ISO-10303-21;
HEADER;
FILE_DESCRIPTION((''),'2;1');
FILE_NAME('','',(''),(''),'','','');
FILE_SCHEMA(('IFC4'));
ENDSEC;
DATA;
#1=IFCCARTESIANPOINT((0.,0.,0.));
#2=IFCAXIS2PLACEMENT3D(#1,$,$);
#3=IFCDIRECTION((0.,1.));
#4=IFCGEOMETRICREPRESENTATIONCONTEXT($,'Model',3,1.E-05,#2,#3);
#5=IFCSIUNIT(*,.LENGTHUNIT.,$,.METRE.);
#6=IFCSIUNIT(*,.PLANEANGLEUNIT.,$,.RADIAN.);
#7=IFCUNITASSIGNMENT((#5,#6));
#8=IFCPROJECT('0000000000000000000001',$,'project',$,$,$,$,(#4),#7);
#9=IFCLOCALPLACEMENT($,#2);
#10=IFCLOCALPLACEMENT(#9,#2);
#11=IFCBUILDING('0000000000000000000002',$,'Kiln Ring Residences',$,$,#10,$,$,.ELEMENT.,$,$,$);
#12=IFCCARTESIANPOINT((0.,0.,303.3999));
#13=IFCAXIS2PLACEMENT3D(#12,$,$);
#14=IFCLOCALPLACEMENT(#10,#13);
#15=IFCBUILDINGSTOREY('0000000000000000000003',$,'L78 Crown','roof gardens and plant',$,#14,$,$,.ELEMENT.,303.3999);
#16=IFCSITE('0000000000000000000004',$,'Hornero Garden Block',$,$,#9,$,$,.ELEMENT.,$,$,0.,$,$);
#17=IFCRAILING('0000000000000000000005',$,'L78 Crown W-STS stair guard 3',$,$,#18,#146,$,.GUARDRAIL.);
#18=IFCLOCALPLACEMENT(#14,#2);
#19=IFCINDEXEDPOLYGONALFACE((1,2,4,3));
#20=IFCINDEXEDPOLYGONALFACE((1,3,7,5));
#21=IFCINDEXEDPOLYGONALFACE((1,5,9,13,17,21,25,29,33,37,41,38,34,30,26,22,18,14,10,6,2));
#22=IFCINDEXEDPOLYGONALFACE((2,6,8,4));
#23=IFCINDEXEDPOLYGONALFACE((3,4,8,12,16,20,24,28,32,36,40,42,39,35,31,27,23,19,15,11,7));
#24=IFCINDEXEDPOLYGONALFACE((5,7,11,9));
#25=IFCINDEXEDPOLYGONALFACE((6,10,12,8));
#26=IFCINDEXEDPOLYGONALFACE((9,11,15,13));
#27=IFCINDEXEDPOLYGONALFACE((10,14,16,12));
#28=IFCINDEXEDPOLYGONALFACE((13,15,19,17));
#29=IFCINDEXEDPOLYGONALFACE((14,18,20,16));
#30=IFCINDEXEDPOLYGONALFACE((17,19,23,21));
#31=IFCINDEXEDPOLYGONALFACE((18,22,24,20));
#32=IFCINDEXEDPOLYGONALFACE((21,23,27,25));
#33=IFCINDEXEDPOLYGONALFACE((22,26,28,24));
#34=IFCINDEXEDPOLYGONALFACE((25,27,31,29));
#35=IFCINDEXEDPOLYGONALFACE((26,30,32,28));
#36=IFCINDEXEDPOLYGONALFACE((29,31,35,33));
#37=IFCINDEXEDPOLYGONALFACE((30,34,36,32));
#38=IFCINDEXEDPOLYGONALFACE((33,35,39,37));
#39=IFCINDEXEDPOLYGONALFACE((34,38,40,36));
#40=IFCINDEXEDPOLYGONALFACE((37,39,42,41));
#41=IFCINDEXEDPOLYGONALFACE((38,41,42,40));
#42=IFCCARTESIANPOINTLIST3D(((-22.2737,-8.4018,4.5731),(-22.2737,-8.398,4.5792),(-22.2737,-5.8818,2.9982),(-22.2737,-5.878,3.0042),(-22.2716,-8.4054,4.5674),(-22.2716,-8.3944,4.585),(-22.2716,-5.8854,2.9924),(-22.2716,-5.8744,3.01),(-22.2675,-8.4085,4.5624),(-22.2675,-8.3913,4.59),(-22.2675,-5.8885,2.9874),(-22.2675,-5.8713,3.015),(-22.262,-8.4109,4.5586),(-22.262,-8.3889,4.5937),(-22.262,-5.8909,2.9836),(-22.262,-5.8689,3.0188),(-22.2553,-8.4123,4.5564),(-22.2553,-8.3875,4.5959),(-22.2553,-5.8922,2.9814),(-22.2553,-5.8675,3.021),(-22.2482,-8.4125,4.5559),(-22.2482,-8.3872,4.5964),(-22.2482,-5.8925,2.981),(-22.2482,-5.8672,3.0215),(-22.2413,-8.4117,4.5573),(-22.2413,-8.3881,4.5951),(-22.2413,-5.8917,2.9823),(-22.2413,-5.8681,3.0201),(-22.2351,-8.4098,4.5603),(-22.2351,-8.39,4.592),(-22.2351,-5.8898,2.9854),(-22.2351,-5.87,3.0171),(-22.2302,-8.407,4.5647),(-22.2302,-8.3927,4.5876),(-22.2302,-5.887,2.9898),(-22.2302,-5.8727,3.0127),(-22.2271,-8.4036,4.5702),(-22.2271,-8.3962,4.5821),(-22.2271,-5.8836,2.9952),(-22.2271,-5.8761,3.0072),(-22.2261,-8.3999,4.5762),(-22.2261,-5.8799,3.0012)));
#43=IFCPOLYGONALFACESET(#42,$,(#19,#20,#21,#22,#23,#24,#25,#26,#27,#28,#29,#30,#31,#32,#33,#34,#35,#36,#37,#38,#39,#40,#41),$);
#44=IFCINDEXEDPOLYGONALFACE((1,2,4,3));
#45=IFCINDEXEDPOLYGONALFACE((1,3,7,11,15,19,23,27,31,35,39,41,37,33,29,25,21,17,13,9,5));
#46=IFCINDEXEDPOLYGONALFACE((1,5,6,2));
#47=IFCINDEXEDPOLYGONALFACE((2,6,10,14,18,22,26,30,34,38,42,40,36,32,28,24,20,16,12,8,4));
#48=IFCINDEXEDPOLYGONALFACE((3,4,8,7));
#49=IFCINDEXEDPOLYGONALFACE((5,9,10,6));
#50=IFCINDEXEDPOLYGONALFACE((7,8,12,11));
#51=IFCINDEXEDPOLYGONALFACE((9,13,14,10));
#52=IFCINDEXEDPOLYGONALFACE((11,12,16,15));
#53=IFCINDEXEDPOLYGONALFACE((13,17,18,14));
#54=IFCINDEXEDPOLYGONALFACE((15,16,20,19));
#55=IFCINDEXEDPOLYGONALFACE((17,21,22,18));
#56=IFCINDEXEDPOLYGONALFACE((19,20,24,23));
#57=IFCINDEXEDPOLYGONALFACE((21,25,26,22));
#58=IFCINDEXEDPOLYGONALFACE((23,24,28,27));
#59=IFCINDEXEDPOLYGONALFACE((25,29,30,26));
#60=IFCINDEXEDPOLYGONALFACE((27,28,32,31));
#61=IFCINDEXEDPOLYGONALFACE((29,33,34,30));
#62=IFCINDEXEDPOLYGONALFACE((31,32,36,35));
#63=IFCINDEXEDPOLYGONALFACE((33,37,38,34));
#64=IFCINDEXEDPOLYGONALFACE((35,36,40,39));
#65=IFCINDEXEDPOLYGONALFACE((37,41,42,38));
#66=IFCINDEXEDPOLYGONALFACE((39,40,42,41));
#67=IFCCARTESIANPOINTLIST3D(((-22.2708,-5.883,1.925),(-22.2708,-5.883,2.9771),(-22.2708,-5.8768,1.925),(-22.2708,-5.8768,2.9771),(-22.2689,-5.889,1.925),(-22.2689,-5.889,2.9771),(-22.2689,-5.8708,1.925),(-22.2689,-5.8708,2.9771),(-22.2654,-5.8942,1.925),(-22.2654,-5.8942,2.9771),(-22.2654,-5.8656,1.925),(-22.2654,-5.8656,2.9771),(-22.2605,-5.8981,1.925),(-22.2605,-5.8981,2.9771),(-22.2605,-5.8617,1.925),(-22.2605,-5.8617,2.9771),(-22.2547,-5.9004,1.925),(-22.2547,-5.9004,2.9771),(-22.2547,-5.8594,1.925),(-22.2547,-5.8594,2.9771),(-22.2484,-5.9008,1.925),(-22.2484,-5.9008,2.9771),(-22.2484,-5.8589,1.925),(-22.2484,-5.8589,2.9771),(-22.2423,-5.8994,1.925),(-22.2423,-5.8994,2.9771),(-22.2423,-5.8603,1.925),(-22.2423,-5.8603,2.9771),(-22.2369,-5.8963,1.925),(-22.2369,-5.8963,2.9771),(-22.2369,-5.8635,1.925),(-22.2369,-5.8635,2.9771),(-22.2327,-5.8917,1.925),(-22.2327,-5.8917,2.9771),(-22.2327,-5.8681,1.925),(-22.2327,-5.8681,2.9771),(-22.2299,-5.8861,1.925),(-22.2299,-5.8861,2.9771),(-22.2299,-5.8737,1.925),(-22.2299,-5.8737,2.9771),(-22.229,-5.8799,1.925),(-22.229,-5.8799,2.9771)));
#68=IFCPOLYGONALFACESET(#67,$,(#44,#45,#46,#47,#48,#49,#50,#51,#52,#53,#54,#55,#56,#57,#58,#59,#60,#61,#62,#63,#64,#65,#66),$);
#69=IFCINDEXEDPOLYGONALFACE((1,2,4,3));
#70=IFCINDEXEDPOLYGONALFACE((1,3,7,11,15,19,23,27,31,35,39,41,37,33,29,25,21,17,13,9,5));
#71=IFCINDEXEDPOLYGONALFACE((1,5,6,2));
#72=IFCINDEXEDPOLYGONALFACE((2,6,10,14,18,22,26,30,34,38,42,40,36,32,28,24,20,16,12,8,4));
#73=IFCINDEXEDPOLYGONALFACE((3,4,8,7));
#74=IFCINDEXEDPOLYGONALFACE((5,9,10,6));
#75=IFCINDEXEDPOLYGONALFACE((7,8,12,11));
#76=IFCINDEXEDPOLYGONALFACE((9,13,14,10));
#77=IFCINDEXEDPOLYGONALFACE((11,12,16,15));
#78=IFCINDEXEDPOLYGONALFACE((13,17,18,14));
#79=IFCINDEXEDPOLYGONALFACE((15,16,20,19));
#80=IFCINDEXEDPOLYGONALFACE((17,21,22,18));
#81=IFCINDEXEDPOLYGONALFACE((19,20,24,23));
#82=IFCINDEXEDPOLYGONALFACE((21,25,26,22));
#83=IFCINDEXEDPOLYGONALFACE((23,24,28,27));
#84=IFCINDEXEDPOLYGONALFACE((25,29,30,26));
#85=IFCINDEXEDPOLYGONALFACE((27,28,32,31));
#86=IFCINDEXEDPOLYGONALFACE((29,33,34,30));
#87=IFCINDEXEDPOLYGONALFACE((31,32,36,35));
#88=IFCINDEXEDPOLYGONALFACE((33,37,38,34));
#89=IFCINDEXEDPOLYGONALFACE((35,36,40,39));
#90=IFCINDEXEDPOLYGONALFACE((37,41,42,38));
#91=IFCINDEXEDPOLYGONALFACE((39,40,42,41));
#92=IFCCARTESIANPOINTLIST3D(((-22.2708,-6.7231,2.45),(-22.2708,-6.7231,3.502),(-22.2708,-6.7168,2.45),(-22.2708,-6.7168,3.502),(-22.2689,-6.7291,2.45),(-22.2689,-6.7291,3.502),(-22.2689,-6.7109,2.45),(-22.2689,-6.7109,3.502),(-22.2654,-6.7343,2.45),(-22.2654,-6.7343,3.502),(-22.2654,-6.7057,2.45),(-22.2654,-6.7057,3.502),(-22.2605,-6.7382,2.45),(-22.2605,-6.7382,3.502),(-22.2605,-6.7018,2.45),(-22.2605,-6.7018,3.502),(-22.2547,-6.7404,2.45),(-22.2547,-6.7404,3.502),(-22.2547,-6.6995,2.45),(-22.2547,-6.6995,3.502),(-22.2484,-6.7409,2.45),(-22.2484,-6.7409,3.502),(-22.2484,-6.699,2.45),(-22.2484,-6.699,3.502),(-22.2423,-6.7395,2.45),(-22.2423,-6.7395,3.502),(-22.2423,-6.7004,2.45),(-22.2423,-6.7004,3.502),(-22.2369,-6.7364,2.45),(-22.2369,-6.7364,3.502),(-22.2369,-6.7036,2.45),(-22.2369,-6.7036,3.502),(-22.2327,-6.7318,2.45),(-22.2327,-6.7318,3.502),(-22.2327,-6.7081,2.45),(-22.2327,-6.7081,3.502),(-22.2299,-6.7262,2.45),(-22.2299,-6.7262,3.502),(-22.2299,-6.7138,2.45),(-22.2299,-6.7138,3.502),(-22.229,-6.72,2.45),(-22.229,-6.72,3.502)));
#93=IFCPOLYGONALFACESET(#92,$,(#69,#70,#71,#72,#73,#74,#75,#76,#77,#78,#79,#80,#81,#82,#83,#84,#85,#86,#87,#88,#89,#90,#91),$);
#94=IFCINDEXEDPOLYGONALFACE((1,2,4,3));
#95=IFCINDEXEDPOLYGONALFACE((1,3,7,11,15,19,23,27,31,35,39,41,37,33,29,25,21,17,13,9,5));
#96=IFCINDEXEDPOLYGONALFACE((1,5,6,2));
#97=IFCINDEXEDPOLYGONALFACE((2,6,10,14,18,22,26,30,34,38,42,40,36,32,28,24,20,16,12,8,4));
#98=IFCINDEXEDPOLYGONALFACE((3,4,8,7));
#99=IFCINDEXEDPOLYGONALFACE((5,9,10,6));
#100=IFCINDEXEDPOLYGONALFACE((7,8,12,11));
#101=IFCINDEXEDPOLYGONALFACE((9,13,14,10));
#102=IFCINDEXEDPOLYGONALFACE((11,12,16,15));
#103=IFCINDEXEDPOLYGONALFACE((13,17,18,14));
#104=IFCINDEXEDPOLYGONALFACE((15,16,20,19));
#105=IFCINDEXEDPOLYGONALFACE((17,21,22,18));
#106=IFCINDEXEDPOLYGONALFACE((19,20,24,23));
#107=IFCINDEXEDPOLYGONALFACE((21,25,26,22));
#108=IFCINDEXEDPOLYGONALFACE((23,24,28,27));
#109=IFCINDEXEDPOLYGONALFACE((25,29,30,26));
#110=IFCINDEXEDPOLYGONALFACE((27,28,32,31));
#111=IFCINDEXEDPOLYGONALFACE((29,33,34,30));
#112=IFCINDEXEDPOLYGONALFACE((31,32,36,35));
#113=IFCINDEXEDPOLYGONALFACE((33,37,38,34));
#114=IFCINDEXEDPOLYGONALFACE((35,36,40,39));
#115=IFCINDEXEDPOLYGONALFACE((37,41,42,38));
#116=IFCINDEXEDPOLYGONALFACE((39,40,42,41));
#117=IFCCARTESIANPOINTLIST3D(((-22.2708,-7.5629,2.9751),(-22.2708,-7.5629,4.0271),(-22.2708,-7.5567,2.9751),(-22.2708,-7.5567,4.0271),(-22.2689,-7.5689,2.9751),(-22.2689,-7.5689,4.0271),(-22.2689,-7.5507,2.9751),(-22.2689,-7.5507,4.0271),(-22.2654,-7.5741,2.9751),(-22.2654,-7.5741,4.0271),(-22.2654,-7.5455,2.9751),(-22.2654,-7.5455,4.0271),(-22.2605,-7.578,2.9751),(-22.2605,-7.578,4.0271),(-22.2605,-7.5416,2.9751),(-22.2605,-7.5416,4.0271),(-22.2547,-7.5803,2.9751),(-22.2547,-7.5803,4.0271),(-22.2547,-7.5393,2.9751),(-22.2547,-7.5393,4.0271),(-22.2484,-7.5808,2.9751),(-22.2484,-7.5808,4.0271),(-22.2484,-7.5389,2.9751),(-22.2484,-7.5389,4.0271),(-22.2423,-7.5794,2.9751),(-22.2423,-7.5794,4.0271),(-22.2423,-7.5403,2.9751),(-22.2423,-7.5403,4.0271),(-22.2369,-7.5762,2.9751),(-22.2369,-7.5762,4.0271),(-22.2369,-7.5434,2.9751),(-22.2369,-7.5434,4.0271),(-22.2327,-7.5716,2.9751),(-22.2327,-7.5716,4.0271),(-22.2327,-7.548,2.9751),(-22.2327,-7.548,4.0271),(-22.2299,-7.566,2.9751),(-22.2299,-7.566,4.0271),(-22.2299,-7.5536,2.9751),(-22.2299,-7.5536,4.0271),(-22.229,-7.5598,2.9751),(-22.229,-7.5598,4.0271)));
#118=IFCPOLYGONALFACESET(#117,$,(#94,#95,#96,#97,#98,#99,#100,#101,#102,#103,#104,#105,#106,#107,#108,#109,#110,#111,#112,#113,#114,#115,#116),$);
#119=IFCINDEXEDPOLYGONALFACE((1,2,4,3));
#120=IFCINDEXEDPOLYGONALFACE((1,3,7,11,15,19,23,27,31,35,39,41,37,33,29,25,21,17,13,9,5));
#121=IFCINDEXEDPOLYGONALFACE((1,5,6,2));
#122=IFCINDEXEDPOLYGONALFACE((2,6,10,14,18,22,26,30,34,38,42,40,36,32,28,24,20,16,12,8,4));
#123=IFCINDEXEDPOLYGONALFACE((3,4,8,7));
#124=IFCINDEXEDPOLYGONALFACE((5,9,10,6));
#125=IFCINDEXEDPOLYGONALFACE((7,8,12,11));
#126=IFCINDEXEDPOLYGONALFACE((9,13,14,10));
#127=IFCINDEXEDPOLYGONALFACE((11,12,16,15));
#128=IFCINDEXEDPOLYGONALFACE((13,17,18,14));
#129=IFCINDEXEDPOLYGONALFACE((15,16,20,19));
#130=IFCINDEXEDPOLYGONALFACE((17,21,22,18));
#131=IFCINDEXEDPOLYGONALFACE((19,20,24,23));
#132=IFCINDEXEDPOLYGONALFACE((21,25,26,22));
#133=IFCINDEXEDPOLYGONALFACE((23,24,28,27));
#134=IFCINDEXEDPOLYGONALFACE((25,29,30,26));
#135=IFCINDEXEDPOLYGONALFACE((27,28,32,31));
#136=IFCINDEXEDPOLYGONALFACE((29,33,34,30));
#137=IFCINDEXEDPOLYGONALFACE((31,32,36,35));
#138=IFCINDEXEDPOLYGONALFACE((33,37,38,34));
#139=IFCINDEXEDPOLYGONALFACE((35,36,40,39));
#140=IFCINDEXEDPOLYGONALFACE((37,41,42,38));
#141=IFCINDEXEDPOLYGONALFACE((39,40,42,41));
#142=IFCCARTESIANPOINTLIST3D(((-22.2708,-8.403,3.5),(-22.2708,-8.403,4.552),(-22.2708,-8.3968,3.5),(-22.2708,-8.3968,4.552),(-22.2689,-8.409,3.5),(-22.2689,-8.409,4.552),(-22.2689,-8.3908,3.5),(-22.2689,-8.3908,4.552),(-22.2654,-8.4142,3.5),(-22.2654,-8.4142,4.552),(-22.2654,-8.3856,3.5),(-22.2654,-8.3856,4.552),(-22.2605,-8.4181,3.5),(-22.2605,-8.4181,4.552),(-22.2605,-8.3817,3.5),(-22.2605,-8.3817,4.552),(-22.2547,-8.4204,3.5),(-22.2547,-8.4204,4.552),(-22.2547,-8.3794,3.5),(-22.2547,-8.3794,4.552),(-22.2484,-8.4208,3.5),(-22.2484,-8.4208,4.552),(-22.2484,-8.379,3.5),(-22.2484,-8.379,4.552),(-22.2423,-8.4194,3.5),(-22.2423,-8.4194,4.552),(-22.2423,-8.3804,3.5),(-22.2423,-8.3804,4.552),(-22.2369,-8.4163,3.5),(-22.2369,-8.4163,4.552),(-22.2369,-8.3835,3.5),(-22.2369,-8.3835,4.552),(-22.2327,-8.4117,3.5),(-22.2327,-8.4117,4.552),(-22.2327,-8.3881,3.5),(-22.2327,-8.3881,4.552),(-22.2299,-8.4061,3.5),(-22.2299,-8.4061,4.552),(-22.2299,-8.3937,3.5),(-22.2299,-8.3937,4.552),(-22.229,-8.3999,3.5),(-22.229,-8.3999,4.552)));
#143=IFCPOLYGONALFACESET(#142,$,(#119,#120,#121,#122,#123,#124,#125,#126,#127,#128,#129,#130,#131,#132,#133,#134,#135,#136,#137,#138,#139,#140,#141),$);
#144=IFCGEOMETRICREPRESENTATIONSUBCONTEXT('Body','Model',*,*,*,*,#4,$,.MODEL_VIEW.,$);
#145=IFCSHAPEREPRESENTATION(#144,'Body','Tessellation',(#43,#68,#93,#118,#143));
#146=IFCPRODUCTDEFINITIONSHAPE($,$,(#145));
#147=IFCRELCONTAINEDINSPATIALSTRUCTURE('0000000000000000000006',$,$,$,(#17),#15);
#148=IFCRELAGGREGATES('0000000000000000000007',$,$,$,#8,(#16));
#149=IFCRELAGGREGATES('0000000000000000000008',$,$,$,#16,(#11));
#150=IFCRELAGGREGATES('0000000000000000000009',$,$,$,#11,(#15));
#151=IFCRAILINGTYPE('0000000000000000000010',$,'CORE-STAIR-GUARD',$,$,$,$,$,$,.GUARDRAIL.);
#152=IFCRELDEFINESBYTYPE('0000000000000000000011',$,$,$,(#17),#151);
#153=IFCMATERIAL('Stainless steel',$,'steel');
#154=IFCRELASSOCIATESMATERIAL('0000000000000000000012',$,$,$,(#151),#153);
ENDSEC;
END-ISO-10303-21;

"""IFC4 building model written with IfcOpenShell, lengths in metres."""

from ifc_helpers import new_model, si_unit, direction, frame, origin, origin_2d, place, context, subcontext, project, spatial, circle, extrude, material, type_object, element, save


model = new_model("IFC4")

# Units and contexts
model_context = context("Model", 3, precision=1e-05, world=origin(), true_north=direction((0.0, 1.0)))
body_context = subcontext(model_context, "Body", "Model", "MODEL_VIEW")
ifc_project = project(units=[si_unit("LENGTHUNIT", "METRE"), si_unit("PLANEANGLEUNIT", "RADIAN")], contexts=[model_context])

# Site, building, storey
site_placement = place(None, origin())
site = spatial("IfcSite", under=ifc_project, at=site_placement, Name="Hornero Garden Block", CompositionType="ELEMENT", RefElevation=0.0)
building_placement = place(site_placement, origin())
building = spatial("IfcBuilding", under=site, at=building_placement, Name="Kiln Ring Residences", CompositionType="ELEMENT")
storey_placement = place(building_placement, frame((0.0, 0.0, 303.3999)))
storey = spatial("IfcBuildingStorey", under=building, at=storey_placement, Name="L78 Crown", Description="roof gardens and plant", CompositionType="ELEMENT", Elevation=303.3999)

# Railing
ifc_material_1 = material(Name="Stainless steel", Category="steel")
railing_type_1 = type_object("IfcRailingType", Name="CORE-STAIR-GUARD", PredefinedType="GUARDRAIL", material=ifc_material_1)
railing_1_placement = place(storey_placement, frame((-22.25, -5.8799, 1.925)))
element("IfcRailing", 1, at=railing_1_placement, inside=storey, type_object=railing_type_1, Name="L78 Crown W-STS stair guard 3", PredefinedType="GUARDRAIL", context=body_context, shape_type="SweptSolid", body=[
    extrude(circle(Radius=0.0239, at=origin_2d()), frame((0.0, 0.0, 1.0762), z_axis=(0.0, -0.848008, 0.529984), x_axis=(1.0, 0.0, 0.0)), (0.0, 0.0, 1.0), 2.9717),
    extrude(circle(Radius=0.021, at=origin_2d()), origin(), (0.0, 0.0, 1.0), 1.052),
    extrude(circle(Radius=0.021, at=origin_2d()), frame((0.0, -0.8401, 0.5249)), (0.0, 0.0, 1.0), 1.052),
    extrude(circle(Radius=0.021, at=origin_2d()), frame((0.0, -1.6799, 1.05)), (0.0, 0.0, 1.0), 1.052),
    extrude(circle(Radius=0.021, at=origin_2d()), frame((0.0, -2.52, 1.575)), (0.0, 0.0, 1.0), 1.052),
])

save(model, "model.ifc")
